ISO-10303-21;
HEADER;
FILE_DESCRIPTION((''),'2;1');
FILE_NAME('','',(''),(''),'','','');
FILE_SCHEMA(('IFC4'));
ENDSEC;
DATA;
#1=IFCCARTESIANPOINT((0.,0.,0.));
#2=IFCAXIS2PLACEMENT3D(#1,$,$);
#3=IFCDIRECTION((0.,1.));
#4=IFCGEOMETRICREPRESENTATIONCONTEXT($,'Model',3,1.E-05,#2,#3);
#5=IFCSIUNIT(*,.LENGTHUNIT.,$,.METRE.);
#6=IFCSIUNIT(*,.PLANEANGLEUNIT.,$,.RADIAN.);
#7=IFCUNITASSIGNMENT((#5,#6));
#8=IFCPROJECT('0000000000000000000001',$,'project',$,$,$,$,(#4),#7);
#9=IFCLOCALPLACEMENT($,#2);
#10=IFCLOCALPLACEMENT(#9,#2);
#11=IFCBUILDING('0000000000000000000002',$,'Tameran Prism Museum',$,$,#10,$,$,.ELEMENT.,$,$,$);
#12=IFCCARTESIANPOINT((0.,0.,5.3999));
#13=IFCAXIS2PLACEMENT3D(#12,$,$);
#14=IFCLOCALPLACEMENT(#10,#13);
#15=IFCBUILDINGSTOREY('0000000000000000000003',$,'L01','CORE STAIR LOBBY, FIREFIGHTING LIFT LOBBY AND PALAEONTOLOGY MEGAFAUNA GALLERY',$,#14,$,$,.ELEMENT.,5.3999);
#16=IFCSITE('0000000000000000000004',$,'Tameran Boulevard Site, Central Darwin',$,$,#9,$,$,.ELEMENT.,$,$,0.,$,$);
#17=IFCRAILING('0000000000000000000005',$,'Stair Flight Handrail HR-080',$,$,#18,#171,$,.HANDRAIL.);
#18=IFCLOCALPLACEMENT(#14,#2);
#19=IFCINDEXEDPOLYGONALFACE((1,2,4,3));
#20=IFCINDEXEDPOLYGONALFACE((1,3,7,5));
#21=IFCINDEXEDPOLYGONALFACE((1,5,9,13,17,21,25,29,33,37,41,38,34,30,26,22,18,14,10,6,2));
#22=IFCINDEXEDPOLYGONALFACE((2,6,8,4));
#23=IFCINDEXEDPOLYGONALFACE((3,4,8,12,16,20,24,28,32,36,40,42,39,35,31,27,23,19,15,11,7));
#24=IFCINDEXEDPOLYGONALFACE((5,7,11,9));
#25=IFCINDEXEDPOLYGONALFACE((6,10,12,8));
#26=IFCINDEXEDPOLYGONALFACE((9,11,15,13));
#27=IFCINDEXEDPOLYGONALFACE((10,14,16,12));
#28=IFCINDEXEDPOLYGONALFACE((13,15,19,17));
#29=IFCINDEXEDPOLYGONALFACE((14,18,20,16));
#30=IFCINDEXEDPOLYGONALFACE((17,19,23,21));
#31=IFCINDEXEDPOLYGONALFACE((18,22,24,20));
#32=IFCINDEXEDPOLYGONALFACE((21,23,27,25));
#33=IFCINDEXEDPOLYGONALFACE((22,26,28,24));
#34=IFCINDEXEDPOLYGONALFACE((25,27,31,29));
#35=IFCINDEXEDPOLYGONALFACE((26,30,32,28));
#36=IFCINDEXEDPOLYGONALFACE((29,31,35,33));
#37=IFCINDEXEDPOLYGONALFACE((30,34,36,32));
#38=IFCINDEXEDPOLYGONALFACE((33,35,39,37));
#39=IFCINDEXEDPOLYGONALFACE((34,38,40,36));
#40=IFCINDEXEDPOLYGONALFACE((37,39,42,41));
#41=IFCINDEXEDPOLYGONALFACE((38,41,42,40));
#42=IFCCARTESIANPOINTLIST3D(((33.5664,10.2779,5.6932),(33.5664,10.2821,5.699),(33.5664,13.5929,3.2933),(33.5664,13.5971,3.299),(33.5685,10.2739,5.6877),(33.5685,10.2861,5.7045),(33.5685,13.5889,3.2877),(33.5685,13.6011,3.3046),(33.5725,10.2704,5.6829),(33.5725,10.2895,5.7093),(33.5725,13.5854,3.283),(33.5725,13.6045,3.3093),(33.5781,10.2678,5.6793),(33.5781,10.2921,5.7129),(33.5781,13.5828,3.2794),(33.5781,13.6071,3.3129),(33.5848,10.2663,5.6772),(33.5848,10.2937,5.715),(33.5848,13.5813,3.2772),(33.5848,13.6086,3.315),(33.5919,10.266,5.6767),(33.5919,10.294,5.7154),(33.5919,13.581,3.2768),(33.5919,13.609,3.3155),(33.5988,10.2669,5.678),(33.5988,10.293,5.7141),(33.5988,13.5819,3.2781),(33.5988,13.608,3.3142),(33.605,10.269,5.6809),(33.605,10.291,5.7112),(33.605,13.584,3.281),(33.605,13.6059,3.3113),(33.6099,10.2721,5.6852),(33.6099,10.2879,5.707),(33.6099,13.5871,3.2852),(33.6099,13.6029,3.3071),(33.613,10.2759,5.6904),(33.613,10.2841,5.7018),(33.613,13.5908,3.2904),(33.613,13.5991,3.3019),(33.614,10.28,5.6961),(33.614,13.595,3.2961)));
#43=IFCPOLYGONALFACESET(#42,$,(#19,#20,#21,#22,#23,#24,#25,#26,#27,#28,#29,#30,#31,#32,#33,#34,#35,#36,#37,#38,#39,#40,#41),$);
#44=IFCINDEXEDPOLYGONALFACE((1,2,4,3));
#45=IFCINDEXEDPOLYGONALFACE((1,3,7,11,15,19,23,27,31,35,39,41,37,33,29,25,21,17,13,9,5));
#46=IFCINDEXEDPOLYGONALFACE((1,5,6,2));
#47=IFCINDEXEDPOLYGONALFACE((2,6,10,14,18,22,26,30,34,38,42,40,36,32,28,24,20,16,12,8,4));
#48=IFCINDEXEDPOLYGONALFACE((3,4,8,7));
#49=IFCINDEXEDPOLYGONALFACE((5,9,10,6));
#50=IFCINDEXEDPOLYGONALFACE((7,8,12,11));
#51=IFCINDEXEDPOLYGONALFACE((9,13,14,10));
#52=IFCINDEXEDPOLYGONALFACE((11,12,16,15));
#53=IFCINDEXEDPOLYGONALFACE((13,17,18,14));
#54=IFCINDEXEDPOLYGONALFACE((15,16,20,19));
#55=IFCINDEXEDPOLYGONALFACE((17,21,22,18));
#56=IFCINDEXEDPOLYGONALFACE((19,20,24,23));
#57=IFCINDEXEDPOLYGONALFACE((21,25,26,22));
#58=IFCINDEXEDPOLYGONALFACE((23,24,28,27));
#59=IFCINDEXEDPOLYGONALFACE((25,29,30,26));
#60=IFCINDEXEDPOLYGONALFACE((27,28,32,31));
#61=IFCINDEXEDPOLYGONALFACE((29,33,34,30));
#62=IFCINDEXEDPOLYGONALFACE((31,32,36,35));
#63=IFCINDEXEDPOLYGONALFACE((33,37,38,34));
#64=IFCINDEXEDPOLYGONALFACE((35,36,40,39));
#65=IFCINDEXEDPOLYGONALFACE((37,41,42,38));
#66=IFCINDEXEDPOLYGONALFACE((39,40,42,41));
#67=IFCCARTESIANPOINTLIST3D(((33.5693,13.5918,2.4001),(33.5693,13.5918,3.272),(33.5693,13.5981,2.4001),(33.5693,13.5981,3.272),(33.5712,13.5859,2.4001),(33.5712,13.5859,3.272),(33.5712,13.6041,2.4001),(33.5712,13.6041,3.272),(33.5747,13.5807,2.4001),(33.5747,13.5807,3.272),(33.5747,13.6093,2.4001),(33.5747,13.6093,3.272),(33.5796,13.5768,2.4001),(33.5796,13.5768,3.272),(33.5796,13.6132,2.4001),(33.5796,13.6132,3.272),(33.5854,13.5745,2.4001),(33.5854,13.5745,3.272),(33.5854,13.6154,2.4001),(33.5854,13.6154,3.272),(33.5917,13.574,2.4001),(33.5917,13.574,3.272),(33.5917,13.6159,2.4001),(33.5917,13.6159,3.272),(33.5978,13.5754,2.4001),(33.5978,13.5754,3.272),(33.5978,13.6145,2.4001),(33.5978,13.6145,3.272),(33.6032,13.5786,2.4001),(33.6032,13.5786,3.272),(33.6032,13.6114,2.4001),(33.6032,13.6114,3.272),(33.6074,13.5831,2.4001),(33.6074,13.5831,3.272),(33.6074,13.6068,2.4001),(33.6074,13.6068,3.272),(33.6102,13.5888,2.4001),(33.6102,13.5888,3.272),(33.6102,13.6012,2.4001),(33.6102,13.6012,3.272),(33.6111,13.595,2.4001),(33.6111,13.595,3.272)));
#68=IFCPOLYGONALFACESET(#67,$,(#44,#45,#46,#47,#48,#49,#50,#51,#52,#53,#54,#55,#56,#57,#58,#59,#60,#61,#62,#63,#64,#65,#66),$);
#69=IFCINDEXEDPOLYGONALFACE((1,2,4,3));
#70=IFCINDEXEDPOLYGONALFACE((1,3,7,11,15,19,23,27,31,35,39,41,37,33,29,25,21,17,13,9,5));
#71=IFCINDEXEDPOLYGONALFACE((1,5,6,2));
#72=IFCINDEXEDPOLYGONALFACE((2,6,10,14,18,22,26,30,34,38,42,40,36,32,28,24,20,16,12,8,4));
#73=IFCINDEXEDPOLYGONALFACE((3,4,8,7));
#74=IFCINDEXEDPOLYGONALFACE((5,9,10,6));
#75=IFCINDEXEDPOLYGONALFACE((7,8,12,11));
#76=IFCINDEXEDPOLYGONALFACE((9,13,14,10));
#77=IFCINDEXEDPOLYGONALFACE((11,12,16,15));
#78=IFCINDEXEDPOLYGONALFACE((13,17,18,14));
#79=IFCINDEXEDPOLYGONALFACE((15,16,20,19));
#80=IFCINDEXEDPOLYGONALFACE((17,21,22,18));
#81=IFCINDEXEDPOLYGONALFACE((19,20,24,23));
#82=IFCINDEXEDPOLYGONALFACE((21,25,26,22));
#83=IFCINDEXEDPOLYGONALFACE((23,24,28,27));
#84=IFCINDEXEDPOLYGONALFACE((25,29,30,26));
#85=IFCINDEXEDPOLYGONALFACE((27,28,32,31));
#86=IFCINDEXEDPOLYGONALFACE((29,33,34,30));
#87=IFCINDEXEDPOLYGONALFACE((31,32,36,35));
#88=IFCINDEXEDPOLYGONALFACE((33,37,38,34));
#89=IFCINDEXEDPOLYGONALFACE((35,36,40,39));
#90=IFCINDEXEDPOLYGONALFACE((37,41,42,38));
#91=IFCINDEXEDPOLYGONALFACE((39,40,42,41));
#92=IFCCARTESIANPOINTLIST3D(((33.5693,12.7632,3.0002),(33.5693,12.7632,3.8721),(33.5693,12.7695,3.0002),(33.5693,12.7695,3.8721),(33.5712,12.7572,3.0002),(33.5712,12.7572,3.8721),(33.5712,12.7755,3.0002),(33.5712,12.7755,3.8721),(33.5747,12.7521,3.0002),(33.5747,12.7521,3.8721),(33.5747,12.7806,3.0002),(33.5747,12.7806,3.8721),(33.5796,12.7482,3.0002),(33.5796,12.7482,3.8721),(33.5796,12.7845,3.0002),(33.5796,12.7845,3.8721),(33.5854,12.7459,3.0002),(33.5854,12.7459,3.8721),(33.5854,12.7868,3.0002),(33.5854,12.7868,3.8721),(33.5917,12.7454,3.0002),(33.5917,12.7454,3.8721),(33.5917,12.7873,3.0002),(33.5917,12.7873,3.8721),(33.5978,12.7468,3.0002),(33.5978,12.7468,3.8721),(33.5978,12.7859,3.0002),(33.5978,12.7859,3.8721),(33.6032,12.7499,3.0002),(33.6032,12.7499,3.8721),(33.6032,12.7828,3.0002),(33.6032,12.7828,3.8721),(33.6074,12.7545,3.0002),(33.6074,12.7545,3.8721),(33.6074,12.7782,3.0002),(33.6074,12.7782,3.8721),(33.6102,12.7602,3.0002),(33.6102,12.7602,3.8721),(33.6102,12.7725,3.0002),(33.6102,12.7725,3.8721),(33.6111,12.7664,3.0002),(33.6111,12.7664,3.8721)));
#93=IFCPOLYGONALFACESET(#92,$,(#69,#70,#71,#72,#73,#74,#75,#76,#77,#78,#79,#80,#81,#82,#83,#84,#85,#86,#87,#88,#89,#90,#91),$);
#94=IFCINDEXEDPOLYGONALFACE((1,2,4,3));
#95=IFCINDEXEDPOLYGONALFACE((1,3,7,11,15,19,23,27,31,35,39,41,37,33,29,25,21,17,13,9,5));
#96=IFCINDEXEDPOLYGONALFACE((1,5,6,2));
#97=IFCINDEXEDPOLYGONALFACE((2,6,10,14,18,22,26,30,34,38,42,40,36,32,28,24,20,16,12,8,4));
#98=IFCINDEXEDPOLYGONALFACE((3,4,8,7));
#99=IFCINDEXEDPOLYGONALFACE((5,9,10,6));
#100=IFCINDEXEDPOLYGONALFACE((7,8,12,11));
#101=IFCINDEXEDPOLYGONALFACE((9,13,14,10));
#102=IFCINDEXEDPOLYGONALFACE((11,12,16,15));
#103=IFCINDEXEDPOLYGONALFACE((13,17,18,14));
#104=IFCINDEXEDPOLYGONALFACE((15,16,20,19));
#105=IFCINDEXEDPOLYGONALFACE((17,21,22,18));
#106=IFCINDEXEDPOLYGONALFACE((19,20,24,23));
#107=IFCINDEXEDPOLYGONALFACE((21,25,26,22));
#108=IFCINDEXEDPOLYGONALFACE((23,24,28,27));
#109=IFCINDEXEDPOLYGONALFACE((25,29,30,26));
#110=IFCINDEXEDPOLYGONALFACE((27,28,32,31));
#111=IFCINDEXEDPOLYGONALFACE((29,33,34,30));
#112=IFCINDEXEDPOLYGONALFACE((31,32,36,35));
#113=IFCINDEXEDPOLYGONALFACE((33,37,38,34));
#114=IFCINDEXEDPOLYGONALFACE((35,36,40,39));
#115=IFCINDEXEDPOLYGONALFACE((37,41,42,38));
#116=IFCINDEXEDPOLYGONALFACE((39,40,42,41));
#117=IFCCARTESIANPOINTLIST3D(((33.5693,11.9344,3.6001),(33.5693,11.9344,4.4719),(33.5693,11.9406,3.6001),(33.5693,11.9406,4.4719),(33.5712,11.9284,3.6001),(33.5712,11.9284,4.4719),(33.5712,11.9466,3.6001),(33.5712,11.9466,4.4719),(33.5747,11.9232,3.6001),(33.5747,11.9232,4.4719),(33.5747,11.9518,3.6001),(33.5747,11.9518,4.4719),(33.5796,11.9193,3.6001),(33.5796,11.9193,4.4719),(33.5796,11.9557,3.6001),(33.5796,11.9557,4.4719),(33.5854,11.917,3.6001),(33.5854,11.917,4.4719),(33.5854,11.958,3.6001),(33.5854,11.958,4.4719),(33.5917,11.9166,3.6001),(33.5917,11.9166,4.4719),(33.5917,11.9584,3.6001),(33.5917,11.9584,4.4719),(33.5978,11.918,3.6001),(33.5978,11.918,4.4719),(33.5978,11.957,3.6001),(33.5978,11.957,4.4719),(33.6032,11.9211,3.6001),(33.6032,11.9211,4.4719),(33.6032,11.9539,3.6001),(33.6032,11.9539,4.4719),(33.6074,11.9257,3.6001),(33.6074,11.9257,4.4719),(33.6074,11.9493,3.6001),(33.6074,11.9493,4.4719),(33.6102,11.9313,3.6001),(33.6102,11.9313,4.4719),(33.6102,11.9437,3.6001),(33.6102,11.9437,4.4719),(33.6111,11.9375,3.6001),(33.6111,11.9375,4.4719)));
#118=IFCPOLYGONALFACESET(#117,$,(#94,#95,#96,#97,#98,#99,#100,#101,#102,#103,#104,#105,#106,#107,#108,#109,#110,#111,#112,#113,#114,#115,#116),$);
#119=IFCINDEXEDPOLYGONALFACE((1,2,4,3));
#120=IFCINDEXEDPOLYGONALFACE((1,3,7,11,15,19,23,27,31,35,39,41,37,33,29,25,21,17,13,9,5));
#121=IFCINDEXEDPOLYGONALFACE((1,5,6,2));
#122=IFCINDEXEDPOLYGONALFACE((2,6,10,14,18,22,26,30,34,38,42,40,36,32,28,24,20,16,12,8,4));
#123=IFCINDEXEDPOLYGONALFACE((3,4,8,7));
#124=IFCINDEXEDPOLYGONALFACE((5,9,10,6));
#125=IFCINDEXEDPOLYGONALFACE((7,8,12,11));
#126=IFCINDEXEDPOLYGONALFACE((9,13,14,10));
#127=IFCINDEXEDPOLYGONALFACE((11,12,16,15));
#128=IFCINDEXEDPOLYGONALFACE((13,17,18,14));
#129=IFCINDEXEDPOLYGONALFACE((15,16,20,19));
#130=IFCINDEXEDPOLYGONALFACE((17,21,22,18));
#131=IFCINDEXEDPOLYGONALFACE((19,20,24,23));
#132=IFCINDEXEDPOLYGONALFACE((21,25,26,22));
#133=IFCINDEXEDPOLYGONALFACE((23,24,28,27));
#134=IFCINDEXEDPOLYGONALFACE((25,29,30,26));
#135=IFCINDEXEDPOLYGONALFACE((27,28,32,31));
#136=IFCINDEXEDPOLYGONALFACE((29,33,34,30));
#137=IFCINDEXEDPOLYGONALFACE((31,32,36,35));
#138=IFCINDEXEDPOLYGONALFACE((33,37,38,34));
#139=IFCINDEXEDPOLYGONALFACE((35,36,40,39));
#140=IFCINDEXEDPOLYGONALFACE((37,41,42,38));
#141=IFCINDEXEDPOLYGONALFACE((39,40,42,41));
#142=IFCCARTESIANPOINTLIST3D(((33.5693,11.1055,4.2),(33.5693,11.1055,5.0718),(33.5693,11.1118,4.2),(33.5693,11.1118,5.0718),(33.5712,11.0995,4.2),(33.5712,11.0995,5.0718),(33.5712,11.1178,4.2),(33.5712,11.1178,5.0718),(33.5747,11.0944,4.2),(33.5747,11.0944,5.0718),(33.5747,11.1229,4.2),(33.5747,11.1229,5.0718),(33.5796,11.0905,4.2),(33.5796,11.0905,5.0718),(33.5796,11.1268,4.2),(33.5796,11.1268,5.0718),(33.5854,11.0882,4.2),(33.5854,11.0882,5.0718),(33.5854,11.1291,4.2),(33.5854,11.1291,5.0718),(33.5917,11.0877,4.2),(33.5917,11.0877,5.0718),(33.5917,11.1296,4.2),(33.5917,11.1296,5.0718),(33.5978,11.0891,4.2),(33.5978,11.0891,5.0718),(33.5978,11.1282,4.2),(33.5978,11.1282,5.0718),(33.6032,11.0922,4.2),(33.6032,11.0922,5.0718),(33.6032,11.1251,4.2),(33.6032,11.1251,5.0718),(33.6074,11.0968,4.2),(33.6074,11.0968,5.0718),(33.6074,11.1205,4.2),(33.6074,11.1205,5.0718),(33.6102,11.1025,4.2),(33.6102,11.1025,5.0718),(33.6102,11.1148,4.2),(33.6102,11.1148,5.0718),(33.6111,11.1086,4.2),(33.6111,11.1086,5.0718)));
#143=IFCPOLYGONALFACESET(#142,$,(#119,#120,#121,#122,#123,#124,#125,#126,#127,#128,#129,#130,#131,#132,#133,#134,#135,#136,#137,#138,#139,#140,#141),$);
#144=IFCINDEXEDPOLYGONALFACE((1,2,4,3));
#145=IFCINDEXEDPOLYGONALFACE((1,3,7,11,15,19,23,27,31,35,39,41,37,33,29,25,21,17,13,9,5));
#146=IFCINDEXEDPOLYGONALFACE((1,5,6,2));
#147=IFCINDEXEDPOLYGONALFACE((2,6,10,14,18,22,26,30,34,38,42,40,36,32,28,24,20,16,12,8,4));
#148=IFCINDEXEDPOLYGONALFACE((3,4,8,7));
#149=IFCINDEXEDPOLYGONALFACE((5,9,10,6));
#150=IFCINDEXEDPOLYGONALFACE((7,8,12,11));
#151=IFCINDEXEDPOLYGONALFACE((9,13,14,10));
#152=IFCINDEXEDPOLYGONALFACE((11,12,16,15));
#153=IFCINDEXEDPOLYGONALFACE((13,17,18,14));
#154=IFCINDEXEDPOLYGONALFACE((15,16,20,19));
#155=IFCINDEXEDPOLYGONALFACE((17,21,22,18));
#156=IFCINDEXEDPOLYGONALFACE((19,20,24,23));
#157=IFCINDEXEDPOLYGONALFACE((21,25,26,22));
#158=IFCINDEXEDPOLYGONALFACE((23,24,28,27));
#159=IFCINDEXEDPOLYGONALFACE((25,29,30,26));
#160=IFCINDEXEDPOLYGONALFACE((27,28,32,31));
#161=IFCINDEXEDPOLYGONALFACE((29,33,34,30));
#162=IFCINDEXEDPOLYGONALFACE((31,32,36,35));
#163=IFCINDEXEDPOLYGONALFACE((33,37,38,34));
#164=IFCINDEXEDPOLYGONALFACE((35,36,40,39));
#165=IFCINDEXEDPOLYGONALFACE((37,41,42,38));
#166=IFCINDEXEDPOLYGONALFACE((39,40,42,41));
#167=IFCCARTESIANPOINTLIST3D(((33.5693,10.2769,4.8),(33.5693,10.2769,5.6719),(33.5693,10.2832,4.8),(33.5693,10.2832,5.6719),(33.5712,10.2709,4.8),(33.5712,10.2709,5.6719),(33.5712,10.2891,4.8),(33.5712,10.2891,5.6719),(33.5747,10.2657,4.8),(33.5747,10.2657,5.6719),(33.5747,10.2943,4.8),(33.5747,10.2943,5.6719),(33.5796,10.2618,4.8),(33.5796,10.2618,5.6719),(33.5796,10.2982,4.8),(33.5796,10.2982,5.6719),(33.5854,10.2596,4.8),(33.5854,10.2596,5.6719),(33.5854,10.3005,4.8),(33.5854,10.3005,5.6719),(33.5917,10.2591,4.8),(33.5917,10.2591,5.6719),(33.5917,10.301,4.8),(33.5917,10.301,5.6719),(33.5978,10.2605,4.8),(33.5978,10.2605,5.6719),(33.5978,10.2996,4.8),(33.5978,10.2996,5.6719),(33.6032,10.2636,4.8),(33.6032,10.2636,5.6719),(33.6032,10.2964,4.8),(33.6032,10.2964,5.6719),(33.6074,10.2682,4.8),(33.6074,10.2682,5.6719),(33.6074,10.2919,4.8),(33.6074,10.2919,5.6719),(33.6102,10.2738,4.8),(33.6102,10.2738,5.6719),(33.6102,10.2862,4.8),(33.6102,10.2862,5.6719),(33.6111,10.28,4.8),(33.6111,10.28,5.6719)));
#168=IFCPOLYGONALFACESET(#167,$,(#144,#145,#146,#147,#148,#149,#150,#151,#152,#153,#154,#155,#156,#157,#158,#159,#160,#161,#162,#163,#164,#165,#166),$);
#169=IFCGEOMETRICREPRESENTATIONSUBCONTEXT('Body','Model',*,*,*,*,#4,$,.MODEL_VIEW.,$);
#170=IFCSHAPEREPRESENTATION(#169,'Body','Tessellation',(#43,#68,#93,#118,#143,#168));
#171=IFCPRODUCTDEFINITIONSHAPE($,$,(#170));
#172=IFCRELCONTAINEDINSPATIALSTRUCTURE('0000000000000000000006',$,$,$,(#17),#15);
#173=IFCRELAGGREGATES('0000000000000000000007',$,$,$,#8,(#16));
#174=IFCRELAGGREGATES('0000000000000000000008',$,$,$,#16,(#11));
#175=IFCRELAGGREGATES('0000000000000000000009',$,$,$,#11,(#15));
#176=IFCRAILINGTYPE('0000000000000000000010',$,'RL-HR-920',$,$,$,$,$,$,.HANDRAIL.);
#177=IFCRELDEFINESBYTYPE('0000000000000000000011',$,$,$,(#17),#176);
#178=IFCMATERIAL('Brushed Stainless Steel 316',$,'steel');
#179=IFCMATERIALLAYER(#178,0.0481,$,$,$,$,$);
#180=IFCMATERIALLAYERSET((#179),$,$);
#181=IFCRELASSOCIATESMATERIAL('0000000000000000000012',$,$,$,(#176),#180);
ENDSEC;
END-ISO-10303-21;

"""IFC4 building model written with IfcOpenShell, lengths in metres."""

from ifc_helpers import new_model, si_unit, direction, frame, origin, origin_2d, place, context, subcontext, project, spatial, circle, extrude, material, layer, layer_set, type_object, element, save


model = new_model("IFC4")

# Units and contexts
model_context = context("Model", 3, precision=1e-05, world=origin(), true_north=direction((0.0, 1.0)))
body_context = subcontext(model_context, "Body", "Model", "MODEL_VIEW")
ifc_project = project(units=[si_unit("LENGTHUNIT", "METRE"), si_unit("PLANEANGLEUNIT", "RADIAN")], contexts=[model_context])

# Site, building, storey
site_placement = place(None, origin())
site = spatial("IfcSite", under=ifc_project, at=site_placement, Name="Tameran Boulevard Site, Central Darwin", CompositionType="ELEMENT", RefElevation=0.0)
building_placement = place(site_placement, origin())
building = spatial("IfcBuilding", under=site, at=building_placement, Name="Tameran Prism Museum", CompositionType="ELEMENT")
storey_placement = place(building_placement, frame((0.0, 0.0, 5.3999)))
storey = spatial("IfcBuildingStorey", under=building, at=storey_placement, Name="L01", Description="CORE STAIR LOBBY, FIREFIGHTING LIFT LOBBY AND PALAEONTOLOGY MEGAFAUNA GALLERY", CompositionType="ELEMENT", Elevation=5.3999)

# Railing
ifc_material_1 = material(Name="Brushed Stainless Steel 316", Category="steel")
ifc_layer_1 = layer(ifc_material_1, 0.0481)
ifc_layer_set_1 = layer_set([ifc_layer_1])
railing_type_1 = type_object("IfcRailingType", Name="RL-HR-920", PredefinedType="HANDRAIL", material=ifc_layer_set_1)
railing_1_placement = place(storey_placement, frame((33.5901, 13.595, 2.4001)))
element("IfcRailing", 1, at=railing_1_placement, inside=storey, type_object=railing_type_1, Name="Stair Flight Handrail HR-080", PredefinedType="HANDRAIL", context=body_context, shape_type="SweptSolid", body=[
    extrude(circle(Radius=0.0239, at=origin_2d()), frame((0.0, 0.0, 0.896), z_axis=(0.0, -0.810009, 0.586418), x_axis=(1.0, 0.0, 0.0)), (0.0, 0.0, 1.0), 4.0925),
    extrude(circle(Radius=0.021, at=origin_2d()), origin(), (0.0, 0.0, 1.0), 0.8718),
    extrude(circle(Radius=0.021, at=origin_2d()), frame((0.0, -0.8286, 0.6001)), (0.0, 0.0, 1.0), 0.8718),
    extrude(circle(Radius=0.021, at=origin_2d()), frame((0.0, -1.6575, 1.2)), (0.0, 0.0, 1.0), 0.8718),
    extrude(circle(Radius=0.021, at=origin_2d()), frame((0.0, -2.4863, 1.7998)), (0.0, 0.0, 1.0), 0.8718),
    extrude(circle(Radius=0.021, at=origin_2d()), frame((0.0, -3.3149, 2.3999)), (0.0, 0.0, 1.0), 0.8718),
])

save(model, "model.ifc")
